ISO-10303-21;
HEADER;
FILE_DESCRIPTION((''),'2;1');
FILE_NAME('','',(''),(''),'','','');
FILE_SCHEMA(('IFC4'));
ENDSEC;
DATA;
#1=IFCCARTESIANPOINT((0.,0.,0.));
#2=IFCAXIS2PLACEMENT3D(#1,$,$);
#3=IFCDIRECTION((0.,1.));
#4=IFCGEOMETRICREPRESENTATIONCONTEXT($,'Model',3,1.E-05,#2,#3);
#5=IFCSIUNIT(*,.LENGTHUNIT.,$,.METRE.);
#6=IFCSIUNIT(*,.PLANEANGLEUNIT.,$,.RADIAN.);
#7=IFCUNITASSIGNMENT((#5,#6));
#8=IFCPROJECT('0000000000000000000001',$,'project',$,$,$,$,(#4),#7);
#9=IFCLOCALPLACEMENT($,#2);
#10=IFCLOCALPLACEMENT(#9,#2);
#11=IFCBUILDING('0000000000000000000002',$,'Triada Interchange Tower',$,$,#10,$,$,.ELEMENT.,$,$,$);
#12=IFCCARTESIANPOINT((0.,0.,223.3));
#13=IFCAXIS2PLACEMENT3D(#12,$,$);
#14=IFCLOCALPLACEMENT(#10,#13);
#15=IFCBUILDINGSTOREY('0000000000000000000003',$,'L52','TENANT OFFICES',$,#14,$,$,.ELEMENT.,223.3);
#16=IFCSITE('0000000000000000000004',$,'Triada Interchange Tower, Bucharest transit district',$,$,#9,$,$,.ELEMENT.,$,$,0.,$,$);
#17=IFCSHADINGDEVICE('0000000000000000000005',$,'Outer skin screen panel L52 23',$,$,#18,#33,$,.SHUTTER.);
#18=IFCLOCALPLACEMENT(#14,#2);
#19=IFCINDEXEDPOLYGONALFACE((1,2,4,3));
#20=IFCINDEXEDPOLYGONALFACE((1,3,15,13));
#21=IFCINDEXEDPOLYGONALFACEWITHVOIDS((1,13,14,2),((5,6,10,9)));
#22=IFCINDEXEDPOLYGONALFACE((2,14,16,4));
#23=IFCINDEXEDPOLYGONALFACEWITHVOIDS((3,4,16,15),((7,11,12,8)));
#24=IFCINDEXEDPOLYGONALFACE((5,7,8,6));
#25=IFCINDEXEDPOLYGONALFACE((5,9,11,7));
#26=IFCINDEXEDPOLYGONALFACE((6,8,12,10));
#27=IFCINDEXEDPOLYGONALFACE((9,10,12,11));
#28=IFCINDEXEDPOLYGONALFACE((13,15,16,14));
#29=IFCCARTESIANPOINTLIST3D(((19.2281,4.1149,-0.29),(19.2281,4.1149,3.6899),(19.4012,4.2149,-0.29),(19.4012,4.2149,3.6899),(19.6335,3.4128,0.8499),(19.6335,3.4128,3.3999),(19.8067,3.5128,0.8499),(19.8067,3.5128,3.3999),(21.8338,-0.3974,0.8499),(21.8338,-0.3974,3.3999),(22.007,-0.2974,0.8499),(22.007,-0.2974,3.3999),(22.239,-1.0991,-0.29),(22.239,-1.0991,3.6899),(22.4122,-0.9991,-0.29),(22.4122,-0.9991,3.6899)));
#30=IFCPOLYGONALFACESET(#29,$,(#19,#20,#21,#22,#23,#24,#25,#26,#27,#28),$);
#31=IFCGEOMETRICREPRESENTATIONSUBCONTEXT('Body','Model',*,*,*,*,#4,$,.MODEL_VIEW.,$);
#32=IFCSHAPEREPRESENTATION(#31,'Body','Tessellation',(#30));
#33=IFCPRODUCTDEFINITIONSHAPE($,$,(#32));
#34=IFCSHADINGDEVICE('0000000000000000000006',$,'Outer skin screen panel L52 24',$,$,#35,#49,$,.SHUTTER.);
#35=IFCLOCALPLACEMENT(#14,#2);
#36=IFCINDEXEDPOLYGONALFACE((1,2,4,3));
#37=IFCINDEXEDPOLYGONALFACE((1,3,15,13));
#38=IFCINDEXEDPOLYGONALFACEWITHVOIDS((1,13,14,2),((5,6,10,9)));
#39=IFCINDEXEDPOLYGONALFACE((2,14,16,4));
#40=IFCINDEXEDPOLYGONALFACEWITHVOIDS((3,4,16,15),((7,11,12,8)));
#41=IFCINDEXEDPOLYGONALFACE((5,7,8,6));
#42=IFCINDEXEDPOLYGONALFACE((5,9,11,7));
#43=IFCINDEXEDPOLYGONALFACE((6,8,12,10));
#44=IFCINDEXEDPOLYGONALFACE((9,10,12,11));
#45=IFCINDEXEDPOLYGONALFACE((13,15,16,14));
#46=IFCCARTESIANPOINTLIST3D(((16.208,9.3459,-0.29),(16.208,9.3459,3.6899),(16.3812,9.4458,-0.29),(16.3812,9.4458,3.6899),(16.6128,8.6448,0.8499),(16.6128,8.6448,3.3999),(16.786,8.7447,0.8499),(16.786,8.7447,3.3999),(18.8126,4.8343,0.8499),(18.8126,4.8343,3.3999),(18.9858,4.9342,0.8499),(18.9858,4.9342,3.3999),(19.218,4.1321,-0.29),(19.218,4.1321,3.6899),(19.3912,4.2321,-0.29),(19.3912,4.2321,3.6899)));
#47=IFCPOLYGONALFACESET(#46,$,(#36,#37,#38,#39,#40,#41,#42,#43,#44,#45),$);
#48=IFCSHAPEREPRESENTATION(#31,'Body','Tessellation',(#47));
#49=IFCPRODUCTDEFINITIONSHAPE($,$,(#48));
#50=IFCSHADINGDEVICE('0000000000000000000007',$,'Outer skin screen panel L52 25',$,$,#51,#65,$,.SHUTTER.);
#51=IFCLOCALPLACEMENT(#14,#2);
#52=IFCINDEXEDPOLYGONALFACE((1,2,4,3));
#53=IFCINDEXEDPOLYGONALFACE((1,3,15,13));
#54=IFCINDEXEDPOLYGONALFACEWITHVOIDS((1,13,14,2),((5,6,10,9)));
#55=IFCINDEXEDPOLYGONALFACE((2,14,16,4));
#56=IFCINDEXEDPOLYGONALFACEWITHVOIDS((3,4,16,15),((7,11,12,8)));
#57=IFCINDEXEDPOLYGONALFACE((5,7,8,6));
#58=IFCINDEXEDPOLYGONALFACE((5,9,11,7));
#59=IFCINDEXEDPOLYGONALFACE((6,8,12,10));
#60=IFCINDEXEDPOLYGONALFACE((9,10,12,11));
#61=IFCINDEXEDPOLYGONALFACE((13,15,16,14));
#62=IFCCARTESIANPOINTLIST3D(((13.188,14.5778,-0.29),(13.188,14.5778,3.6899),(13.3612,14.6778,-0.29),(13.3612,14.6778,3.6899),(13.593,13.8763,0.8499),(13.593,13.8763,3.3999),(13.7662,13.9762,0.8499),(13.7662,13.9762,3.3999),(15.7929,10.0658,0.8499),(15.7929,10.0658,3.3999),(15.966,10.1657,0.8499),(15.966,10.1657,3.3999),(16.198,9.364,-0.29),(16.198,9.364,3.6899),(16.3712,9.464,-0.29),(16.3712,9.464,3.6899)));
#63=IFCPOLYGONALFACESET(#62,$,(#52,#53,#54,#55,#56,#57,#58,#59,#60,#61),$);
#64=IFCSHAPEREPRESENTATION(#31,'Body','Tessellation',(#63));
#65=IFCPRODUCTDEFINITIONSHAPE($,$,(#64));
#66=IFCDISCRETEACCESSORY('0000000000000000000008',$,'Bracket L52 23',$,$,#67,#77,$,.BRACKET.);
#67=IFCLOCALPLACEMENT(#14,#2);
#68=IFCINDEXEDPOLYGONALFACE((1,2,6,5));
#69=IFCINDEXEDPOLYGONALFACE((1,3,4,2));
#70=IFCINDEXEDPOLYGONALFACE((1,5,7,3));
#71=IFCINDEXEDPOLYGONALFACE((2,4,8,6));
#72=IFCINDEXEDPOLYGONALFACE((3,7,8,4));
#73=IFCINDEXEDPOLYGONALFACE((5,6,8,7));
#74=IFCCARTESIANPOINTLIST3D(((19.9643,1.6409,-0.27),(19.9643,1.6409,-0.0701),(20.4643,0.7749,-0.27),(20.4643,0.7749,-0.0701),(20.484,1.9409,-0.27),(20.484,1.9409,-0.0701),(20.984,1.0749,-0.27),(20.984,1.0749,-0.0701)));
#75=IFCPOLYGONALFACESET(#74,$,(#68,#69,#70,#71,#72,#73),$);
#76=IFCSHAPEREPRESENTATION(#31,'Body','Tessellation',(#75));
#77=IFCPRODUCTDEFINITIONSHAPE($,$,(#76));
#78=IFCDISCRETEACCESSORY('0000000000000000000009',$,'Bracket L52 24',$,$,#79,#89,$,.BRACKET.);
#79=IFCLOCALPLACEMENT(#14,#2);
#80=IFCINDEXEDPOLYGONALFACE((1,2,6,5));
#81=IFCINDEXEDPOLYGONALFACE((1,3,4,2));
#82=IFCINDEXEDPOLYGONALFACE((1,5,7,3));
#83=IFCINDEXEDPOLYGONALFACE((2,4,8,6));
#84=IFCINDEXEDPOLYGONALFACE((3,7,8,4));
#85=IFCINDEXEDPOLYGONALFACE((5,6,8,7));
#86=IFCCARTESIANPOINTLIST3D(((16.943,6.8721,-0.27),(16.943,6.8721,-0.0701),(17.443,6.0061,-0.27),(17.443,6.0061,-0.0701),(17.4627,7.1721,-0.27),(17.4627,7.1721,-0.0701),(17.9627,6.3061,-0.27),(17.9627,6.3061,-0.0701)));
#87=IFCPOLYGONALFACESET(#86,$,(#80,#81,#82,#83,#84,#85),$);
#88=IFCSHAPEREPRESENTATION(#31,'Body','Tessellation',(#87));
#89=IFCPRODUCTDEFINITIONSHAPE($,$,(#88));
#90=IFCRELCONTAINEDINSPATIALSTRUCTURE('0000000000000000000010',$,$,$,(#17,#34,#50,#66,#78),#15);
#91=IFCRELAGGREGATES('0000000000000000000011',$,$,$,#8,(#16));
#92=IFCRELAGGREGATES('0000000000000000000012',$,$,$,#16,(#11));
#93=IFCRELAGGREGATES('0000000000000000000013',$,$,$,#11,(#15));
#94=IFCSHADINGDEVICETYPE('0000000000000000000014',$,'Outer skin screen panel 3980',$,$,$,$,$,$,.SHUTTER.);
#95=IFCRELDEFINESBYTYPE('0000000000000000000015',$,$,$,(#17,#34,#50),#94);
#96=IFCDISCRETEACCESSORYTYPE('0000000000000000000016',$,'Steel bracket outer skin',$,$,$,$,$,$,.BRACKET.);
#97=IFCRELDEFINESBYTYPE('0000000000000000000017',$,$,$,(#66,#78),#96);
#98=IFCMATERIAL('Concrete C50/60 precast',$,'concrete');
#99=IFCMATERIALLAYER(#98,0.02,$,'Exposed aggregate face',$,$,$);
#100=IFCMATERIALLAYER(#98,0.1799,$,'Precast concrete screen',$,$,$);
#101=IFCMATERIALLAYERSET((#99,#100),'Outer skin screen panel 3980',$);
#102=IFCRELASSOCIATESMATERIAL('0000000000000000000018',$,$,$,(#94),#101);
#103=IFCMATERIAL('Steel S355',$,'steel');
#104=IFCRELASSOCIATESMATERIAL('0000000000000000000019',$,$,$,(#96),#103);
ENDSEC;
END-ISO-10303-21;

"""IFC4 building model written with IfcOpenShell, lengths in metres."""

from ifc_helpers import new_model, si_unit, direction, frame, origin, origin_2d, place, context, subcontext, project, spatial, polyline, rectangle, outline, extrude, material, layer, layer_set, type_object, element, save


model = new_model("IFC4")

# Units and contexts
model_context = context("Model", 3, precision=1e-05, world=origin(), true_north=direction((0.0, 1.0)))
body_context = subcontext(model_context, "Body", "Model", "MODEL_VIEW")
ifc_project = project(units=[si_unit("LENGTHUNIT", "METRE"), si_unit("PLANEANGLEUNIT", "RADIAN")], contexts=[model_context])

# Site, building, storey
site_placement = place(None, origin())
site = spatial("IfcSite", under=ifc_project, at=site_placement, Name="Triada Interchange Tower, Bucharest transit district", CompositionType="ELEMENT", RefElevation=0.0)
building_placement = place(site_placement, origin())
building = spatial("IfcBuilding", under=site, at=building_placement, Name="Triada Interchange Tower", CompositionType="ELEMENT")
storey_placement = place(building_placement, frame((0.0, 0.0, 223.3)))
storey = spatial("IfcBuildingStorey", under=building, at=storey_placement, Name="L52", Description="TENANT OFFICES", CompositionType="ELEMENT", Elevation=223.3)

# Shading devices
ifc_material_1 = material(Name="Concrete C50/60 precast", Category="concrete")
ifc_layer_1 = layer(ifc_material_1, 0.02, Name="Exposed aggregate face")
ifc_layer_2 = layer(ifc_material_1, 0.1799, Name="Precast concrete screen")
ifc_layer_set_1 = layer_set([ifc_layer_1, ifc_layer_2], Name="Outer skin screen panel 3980")
shading_device_type = type_object("IfcShadingDeviceType", Name="Outer skin screen panel 3980", PredefinedType="SHUTTER", material=ifc_layer_set_1)
shading_device_1_placement = place(storey_placement, frame((22.239, -1.0991, -0.29), z_axis=(0.0, 0.0, 1.0), x_axis=(-0.500077, 0.865981, 0.0)))
element("IfcShadingDevice", 1, at=shading_device_1_placement, inside=storey, type_object=shading_device_type, Name="Outer skin screen panel L52 23", PredefinedType="SHUTTER", context=body_context, shape_type="SweptSolid", body=[
    extrude(outline(polyline([(0.0, 0.0), (6.021, 0.0), (6.021, 3.98), (0.0, 3.98), (0.0, 0.0)]), holes=[polyline([(0.8103, 1.1399), (0.8103, 3.6899), (5.2102, 3.6899), (5.2102, 1.1399), (0.8103, 1.1399)])]), frame((0.0, 0.0, 0.0), z_axis=(0.0, -1.0, 0.0), x_axis=(1.0, 0.0, 0.0)), (0.0, 0.0, 1.0), 0.2),
])
shading_device_2_placement = place(storey_placement, frame((19.218, 4.1321, -0.29), z_axis=(0.0, 0.0, 1.0), x_axis=(-0.499973, 0.866041, 0.0)))
element("IfcShadingDevice", 2, at=shading_device_2_placement, inside=storey, type_object=shading_device_type, Name="Outer skin screen panel L52 24", PredefinedType="SHUTTER", context=body_context, shape_type="SweptSolid", body=[
    extrude(outline(polyline([(0.0, 0.0), (6.0203, 0.0), (6.0203, 3.98), (0.0, 3.98), (0.0, 0.0)]), holes=[polyline([(0.8108, 1.1399), (0.8108, 3.6899), (5.2107, 3.6899), (5.2107, 1.1399), (0.8108, 1.1399)])]), frame((0.0, 0.0, 0.0), z_axis=(0.0, -1.0, 0.0), x_axis=(1.0, 0.0, 0.0)), (0.0, 0.0, 1.0), 0.2),
])
shading_device_3_placement = place(storey_placement, frame((16.198, 9.364, -0.29), z_axis=(0.0, 0.0, 1.0), x_axis=(-0.499973, 0.866041, 0.0)))
element("IfcShadingDevice", 3, at=shading_device_3_placement, inside=storey, type_object=shading_device_type, Name="Outer skin screen panel L52 25", PredefinedType="SHUTTER", context=body_context, shape_type="SweptSolid", body=[
    extrude(outline(polyline([(0.0, 0.0), (6.0203, 0.0), (6.0203, 3.98), (0.0, 3.98), (0.0, 0.0)]), holes=[polyline([(0.8103, 1.1399), (0.8103, 3.6899), (5.2102, 3.6899), (5.2102, 1.1399), (0.8103, 1.1399)])]), frame((0.0, 0.0, 0.0), z_axis=(0.0, -1.0, 0.0), x_axis=(1.0, 0.0, 0.0)), (0.0, 0.0, 1.0), 0.2),
])

# Discrete accessories
ifc_material_2 = material(Name="Steel S355", Category="steel")
discrete_accessory_type = type_object("IfcDiscreteAccessoryType", Name="Steel bracket outer skin", PredefinedType="BRACKET", material=ifc_material_2)
for number, where, z_axis, x_axis, name in (
    (4, (20.4741, 1.3579, -0.27), (0.0, 0.0, 1.0), (0.866025, 0.500001, 0.0), "Bracket L52 23"),
    (5, (17.4529, 6.5891, -0.27), (0.0, 0.0, 1.0), (0.866025, 0.500001, 0.0), "Bracket L52 24"),
):
    element("IfcDiscreteAccessory", number, at=place(storey_placement, frame(where, z_axis=z_axis, x_axis=x_axis)), inside=storey, type_object=discrete_accessory_type, Name=name, PredefinedType="BRACKET", context=body_context, shape_type="SweptSolid", body=[
        extrude(rectangle(XDim=0.6001, YDim=1.0, at=origin_2d()), origin(), (0.0, 0.0, 1.0), 0.2),
    ])

save(model, "model.ifc")
